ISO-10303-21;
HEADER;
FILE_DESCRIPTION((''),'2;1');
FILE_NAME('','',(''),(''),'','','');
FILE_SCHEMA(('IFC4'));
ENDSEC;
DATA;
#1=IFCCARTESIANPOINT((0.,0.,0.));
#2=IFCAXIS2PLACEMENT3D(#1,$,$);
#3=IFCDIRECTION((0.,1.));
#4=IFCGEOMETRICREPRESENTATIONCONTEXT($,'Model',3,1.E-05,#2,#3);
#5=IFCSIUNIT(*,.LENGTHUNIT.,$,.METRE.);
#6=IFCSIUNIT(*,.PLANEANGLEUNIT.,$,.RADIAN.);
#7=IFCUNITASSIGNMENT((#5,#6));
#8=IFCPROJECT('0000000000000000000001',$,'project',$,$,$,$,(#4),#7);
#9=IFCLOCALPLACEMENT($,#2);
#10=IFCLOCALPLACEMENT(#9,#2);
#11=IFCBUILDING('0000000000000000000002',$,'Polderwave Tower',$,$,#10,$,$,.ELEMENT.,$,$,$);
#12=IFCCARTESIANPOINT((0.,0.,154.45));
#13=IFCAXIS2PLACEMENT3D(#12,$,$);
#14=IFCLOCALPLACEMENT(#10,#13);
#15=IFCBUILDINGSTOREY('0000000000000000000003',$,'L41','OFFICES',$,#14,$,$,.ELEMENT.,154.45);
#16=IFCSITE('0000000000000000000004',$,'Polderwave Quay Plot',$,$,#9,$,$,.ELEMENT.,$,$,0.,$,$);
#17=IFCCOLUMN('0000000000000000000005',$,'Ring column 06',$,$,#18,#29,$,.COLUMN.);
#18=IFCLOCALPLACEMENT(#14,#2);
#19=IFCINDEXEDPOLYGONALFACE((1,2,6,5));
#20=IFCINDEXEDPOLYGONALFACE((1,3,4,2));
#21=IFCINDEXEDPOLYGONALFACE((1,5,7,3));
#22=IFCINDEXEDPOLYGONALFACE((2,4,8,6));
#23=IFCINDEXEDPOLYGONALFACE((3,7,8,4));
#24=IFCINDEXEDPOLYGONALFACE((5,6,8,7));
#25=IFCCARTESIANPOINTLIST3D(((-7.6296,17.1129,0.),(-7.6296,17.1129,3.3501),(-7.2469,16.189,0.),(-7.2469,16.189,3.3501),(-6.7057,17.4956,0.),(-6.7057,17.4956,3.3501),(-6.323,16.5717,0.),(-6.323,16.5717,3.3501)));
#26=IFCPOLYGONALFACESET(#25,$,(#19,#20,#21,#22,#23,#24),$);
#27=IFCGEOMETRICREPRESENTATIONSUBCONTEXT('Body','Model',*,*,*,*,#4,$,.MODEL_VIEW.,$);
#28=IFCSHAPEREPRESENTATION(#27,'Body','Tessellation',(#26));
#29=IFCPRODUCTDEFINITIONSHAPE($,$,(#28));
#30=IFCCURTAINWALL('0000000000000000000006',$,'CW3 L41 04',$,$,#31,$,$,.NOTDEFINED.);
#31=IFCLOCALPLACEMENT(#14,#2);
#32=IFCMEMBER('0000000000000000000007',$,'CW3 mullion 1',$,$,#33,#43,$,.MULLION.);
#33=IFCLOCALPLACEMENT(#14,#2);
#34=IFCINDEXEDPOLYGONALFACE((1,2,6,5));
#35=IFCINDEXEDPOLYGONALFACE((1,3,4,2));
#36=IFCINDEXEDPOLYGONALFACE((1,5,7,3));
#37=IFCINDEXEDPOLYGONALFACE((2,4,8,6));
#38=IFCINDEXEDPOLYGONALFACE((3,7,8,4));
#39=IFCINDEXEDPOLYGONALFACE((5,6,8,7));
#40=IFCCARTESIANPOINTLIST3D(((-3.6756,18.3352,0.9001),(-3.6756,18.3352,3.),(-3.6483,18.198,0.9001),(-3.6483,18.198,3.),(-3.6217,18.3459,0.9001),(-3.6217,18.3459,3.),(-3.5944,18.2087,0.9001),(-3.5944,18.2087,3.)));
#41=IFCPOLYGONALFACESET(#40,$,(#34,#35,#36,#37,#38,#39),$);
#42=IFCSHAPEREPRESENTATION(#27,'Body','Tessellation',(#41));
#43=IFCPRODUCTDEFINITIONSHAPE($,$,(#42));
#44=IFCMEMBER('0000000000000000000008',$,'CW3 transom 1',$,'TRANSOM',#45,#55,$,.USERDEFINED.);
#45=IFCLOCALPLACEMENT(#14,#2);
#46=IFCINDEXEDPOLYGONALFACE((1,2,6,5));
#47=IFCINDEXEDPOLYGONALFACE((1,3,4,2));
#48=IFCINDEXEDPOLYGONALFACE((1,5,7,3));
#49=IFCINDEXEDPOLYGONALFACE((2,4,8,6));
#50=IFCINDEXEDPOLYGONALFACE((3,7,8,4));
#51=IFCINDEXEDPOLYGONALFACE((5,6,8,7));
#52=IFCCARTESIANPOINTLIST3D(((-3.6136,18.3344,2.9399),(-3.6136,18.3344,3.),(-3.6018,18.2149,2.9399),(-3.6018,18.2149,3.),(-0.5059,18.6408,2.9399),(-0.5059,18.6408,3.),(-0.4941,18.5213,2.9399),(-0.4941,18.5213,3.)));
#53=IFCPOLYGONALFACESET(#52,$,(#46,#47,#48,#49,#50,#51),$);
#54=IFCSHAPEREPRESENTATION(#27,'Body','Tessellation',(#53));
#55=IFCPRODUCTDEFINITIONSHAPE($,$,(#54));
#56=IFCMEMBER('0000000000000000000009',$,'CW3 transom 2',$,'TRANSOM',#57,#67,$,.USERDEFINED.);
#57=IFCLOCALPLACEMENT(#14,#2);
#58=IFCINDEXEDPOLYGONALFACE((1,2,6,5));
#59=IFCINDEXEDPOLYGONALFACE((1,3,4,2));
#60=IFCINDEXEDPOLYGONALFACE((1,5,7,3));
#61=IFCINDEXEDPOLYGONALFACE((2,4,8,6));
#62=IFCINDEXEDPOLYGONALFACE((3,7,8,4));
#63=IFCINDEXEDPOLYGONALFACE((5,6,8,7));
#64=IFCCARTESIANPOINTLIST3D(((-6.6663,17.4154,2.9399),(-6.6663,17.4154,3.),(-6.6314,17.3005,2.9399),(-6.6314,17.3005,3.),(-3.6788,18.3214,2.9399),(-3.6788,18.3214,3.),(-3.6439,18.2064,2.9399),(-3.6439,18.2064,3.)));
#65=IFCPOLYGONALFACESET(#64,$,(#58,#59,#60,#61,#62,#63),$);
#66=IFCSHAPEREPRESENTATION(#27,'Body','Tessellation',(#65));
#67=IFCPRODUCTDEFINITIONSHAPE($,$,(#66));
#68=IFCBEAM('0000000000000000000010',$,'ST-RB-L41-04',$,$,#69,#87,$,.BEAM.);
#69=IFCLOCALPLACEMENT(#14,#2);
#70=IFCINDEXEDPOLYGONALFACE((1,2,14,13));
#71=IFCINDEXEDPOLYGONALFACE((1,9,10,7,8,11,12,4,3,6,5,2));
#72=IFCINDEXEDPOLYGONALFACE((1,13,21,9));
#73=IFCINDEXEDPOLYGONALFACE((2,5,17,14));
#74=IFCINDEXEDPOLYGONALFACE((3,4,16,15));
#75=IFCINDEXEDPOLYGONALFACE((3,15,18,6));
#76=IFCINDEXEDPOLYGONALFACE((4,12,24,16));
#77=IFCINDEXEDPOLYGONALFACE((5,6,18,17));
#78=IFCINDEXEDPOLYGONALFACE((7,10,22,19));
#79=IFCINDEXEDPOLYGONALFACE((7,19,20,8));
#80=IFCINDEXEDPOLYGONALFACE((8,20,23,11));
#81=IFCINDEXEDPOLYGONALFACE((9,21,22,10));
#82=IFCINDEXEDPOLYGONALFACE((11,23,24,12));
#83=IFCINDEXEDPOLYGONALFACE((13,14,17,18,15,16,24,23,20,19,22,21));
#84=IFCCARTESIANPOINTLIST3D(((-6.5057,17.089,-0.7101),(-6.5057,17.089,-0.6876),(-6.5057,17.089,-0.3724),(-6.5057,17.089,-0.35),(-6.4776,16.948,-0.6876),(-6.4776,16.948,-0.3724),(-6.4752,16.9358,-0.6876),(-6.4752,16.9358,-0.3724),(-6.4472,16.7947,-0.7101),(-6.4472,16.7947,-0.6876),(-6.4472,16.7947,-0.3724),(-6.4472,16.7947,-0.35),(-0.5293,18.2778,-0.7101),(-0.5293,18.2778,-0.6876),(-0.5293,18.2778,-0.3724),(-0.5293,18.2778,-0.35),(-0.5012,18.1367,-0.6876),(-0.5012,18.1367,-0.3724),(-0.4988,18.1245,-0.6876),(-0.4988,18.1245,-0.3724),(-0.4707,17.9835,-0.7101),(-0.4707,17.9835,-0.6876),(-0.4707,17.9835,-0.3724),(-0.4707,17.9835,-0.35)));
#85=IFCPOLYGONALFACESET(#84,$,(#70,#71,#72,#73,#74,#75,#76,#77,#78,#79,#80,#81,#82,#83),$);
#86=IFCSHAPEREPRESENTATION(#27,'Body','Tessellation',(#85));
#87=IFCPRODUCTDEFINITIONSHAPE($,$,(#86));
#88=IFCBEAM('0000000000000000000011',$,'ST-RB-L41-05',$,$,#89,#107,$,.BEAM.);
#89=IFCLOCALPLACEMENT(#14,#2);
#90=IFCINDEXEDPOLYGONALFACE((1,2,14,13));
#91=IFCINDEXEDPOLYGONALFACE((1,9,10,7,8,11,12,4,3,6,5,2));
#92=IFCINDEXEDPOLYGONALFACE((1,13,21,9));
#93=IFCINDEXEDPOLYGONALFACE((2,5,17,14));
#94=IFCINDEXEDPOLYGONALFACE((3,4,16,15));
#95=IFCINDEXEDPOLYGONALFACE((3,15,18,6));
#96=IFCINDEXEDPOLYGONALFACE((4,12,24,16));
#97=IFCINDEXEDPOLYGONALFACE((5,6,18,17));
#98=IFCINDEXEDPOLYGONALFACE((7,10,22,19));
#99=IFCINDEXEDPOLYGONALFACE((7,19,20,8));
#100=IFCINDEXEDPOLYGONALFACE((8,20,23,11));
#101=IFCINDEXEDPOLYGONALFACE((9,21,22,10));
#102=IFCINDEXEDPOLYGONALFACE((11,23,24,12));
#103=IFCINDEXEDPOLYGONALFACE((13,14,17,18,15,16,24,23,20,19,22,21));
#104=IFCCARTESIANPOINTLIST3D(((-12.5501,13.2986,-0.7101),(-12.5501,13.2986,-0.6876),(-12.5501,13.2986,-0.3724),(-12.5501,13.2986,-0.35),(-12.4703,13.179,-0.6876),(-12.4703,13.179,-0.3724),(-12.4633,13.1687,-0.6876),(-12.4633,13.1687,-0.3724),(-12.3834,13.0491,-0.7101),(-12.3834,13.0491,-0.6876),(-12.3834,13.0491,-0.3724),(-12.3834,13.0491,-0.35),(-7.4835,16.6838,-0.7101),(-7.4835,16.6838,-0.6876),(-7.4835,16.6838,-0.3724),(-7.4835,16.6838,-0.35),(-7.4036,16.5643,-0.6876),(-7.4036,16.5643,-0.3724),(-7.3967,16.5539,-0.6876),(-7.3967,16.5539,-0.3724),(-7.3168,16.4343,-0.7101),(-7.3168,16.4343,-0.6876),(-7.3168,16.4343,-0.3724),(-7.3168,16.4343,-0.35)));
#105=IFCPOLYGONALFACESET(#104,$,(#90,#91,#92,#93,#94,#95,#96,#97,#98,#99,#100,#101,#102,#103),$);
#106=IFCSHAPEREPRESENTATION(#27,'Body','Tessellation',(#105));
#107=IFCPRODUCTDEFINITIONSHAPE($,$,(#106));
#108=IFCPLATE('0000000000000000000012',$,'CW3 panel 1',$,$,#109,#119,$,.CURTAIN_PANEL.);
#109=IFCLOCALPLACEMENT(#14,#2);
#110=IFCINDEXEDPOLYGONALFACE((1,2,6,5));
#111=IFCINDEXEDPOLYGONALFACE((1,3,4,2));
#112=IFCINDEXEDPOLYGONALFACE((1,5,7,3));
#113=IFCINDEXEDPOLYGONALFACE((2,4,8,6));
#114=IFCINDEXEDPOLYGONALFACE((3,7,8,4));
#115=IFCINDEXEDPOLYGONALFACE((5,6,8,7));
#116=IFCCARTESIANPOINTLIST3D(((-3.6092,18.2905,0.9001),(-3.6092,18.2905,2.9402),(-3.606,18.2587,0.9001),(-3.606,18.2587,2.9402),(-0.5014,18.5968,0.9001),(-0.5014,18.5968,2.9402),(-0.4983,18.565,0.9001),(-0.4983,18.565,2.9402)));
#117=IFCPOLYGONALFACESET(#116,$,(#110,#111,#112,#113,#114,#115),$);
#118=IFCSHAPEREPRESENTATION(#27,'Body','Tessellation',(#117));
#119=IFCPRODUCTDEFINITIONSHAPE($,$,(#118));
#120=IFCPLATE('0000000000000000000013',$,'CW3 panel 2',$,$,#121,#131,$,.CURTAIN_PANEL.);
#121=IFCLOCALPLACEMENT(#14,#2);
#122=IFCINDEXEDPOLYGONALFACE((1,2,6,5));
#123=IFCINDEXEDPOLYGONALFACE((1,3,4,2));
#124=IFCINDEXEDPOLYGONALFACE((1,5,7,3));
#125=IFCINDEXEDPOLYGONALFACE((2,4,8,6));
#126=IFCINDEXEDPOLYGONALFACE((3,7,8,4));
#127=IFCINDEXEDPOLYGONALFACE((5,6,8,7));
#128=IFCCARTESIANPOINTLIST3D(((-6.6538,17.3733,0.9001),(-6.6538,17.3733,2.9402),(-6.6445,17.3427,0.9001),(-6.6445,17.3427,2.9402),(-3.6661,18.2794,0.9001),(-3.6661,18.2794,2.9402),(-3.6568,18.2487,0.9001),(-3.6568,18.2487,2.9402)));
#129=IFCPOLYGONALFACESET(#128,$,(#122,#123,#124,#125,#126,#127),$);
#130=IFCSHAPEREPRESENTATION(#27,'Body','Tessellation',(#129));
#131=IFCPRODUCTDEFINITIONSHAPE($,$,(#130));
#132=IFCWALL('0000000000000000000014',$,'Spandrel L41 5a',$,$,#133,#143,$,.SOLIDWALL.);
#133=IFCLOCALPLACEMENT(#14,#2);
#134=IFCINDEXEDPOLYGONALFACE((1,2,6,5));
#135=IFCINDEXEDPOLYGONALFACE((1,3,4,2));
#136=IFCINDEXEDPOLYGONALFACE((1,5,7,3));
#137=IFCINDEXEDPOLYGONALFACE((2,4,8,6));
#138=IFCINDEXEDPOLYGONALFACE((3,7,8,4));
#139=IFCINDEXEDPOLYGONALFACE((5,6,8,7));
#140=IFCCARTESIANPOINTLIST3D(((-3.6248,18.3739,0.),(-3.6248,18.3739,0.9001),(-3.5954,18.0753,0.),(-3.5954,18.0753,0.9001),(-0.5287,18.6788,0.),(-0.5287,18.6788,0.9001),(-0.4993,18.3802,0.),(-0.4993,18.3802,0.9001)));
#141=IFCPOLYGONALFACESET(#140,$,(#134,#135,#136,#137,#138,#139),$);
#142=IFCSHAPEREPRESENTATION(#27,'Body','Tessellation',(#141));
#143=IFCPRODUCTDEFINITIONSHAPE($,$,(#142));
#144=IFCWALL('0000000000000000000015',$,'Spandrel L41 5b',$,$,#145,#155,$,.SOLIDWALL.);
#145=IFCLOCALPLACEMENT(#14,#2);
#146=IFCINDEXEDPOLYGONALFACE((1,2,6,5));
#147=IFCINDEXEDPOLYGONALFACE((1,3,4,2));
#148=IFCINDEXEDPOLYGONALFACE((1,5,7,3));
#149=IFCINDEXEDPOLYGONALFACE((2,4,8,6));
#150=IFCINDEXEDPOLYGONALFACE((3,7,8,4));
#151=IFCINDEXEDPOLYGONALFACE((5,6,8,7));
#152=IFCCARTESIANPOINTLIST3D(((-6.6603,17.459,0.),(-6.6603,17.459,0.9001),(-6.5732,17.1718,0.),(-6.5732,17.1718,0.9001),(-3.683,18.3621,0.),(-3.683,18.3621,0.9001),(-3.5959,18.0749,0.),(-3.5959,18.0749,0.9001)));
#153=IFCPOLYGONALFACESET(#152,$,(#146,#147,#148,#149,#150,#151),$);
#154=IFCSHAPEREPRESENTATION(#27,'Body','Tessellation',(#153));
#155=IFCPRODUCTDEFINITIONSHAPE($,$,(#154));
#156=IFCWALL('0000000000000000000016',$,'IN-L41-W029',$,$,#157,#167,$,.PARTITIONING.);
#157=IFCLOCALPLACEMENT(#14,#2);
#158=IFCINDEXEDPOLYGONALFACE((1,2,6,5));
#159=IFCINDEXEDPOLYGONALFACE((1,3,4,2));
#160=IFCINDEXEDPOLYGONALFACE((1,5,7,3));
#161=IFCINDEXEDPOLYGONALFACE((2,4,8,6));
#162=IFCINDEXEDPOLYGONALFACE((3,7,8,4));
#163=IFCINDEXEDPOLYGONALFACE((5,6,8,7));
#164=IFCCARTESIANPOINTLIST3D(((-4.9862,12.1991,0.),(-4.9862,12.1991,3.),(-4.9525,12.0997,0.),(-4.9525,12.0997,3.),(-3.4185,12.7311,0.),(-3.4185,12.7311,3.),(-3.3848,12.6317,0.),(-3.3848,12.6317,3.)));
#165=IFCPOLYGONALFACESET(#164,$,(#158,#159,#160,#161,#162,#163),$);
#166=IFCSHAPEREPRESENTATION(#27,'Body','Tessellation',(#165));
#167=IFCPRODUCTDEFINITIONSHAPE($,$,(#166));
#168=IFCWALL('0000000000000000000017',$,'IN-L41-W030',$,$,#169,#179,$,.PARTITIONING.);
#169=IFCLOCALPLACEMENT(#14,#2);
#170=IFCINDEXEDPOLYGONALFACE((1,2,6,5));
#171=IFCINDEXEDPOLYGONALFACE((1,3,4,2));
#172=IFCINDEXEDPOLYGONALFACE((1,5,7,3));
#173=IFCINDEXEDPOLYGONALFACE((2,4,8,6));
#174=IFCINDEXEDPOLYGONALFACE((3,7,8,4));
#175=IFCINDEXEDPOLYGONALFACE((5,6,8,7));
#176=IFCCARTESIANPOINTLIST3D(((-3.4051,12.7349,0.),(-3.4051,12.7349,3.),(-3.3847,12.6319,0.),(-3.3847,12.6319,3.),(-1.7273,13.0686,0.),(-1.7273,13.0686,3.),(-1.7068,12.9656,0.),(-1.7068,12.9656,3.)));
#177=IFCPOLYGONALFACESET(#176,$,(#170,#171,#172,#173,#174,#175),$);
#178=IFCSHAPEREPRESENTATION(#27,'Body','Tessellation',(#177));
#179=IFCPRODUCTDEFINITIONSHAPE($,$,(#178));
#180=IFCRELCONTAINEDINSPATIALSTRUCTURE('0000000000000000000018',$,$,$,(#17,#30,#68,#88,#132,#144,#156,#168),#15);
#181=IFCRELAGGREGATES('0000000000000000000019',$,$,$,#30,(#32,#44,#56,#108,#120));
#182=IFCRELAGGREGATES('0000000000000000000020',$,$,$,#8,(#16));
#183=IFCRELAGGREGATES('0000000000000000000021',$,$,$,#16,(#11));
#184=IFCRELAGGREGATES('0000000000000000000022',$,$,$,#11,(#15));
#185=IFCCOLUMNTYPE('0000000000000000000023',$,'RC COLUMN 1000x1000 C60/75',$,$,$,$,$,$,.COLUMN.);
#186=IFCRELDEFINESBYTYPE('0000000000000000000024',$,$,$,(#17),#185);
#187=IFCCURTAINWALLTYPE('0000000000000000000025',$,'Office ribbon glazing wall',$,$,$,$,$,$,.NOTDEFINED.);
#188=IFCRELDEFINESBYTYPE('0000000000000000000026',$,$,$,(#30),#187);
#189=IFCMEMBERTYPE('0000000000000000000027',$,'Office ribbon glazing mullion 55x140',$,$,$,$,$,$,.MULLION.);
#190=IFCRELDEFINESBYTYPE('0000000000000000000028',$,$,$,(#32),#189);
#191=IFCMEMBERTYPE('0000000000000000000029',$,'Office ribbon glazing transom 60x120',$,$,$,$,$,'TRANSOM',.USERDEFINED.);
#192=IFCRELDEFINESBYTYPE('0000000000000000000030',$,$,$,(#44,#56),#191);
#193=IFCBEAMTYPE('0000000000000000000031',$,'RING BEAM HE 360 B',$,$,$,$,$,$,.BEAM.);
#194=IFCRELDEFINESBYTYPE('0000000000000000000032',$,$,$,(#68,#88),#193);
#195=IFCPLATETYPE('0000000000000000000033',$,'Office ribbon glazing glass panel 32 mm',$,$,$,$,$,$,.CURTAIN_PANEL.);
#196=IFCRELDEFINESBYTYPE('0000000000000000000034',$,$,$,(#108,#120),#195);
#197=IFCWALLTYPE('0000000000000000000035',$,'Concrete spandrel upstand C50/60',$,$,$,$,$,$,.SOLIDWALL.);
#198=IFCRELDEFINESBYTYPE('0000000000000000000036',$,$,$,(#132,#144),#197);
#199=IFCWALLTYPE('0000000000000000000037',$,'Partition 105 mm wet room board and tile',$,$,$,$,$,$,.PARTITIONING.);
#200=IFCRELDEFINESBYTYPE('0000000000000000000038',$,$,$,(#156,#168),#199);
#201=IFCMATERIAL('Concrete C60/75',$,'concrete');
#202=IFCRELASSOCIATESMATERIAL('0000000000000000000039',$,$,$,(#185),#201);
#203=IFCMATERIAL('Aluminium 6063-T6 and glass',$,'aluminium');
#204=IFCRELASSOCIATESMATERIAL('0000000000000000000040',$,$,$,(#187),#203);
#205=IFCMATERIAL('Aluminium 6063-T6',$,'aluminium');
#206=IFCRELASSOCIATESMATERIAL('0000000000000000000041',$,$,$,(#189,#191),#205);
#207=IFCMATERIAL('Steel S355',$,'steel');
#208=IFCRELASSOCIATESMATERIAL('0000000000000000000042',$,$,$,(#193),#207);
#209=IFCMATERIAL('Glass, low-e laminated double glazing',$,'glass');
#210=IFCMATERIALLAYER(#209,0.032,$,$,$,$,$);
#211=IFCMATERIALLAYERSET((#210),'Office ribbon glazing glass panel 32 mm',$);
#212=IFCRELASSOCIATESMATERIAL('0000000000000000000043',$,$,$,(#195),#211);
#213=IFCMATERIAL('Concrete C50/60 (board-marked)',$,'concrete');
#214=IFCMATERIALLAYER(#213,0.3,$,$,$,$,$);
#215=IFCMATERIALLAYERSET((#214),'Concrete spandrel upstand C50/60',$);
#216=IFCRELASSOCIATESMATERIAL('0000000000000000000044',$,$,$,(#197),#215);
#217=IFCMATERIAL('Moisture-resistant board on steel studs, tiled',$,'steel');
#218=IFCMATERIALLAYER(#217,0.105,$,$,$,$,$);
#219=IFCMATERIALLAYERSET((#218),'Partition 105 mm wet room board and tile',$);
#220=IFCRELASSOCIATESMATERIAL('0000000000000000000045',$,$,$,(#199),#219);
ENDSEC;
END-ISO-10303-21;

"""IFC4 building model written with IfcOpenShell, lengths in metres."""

from ifc_helpers import new_model, si_unit, direction, frame, frame_2d, origin, origin_2d, place, context, subcontext, project, spatial, rectangle, i_section, extrude, material, layer, layer_set, material_profile, profile_set, type_object, element, aggregate, save


model = new_model("IFC4")

# Units and contexts
model_context = context("Model", 3, precision=1e-05, world=origin(), true_north=direction((0.0, 1.0)))
body_context = subcontext(model_context, "Body", "Model", "MODEL_VIEW")
ifc_project = project(units=[si_unit("LENGTHUNIT", "METRE"), si_unit("PLANEANGLEUNIT", "RADIAN")], contexts=[model_context])

# Site, building, storey
site_placement = place(None, origin())
site = spatial("IfcSite", under=ifc_project, at=site_placement, Name="Polderwave Quay Plot", CompositionType="ELEMENT", RefElevation=0.0)
building_placement = place(site_placement, origin())
building = spatial("IfcBuilding", under=site, at=building_placement, Name="Polderwave Tower", CompositionType="ELEMENT")
storey_placement = place(building_placement, frame((0.0, 0.0, 154.45)))
storey = spatial("IfcBuildingStorey", under=building, at=storey_placement, Name="L41", Description="OFFICES", CompositionType="ELEMENT", Elevation=154.45)

# Column
ifc_material_1 = material(Name="Concrete C60/75", Category="concrete")
ifc_material_profile_1 = material_profile(ifc_material_1, rectangle(XDim=1.0, YDim=1.0, at=origin_2d()), Name="RC 1000x1000")
ifc_profile_set_1 = profile_set([ifc_material_profile_1], Name="Concrete C60/75")
column_type = type_object("IfcColumnType", Name="RC COLUMN 1000x1000 C60/75", PredefinedType="COLUMN", material=ifc_profile_set_1)
column_placement = place(storey_placement, frame((-6.9763, 16.8423, 0.0), z_axis=(0.0, 0.0, 1.0), x_axis=(-0.382683, 0.92388, 0.0)))
element("IfcColumn", 1, at=column_placement, inside=storey, type_object=column_type, Name="Ring column 06", PredefinedType="COLUMN", context=body_context, shape_type="SweptSolid", body=[
    extrude(rectangle(XDim=1.0, YDim=1.0, at=origin_2d()), origin(), (0.0, 0.0, 1.0), 3.3501),
])

# Curtain wall, members
ifc_material_2 = material(Name="Aluminium 6063-T6 and glass", Category="aluminium")
curtain_wall_type = type_object("IfcCurtainWallType", Name="Office ribbon glazing wall", PredefinedType="NOTDEFINED", material=ifc_material_2)
curtain_wall_placement = place(storey_placement, origin())
curtain_wall = element("IfcCurtainWall", 2, at=curtain_wall_placement, inside=storey, type_object=curtain_wall_type, Name="CW3 L41 04", PredefinedType="NOTDEFINED")
ifc_material_3 = material(Name="Aluminium 6063-T6", Category="aluminium")
ifc_material_profile_2 = material_profile(ifc_material_3, rectangle(XDim=0.1399, YDim=0.0549, at=origin_2d()), Name="AL 55x140")
ifc_profile_set_2 = profile_set([ifc_material_profile_2], Name="Aluminium 6063-T6")
member_type_1 = type_object("IfcMemberType", Name="Office ribbon glazing mullion 55x140", PredefinedType="MULLION", material=ifc_profile_set_2)
member_1_placement = place(storey_placement, frame((-3.635, 18.272, 0.9001), z_axis=(0.0, 0.0, 1.0), x_axis=(0.195083, -0.980787, 0.0)))
member_1 = element("IfcMember", 3, at=member_1_placement, type_object=member_type_1, Name="CW3 mullion 1", PredefinedType="MULLION", context=body_context, shape_type="SweptSolid", body=[
    extrude(rectangle(XDim=0.1399, YDim=0.0549, at=origin_2d()), origin(), (0.0, 0.0, 1.0), 2.0999),
])
ifc_material_profile_3 = material_profile(ifc_material_3, rectangle(XDim=0.1201, YDim=0.0601, at=origin_2d()), Name="AL 60x120")
ifc_profile_set_3 = profile_set([ifc_material_profile_3], Name="Aluminium 6063-T6")
member_type_2 = type_object("IfcMemberType", Name="Office ribbon glazing transom 60x120", ElementType="TRANSOM", PredefinedType="USERDEFINED", material=ifc_profile_set_3)
member_2_placement = place(storey_placement, frame((-0.5, 18.5811, 2.97), z_axis=(-0.995175, -0.098118, 0.0), x_axis=(0.098118, -0.995175, 0.0)))
member_2 = element("IfcMember", 4, at=member_2_placement, type_object=member_type_2, Name="CW3 transom 1", ObjectType="TRANSOM", PredefinedType="USERDEFINED", context=body_context, shape_type="SweptSolid", body=[
    extrude(rectangle(XDim=0.1201, YDim=0.0601, at=origin_2d()), origin(), (0.0, 0.0, 1.0), 3.1228),
])
member_3_placement = place(storey_placement, frame((-3.6614, 18.2639, 2.97), z_axis=(-0.956963, -0.290209, 0.0), x_axis=(0.290209, -0.956963, 0.0)))
member_3 = element("IfcMember", 5, at=member_3_placement, type_object=member_type_2, Name="CW3 transom 2", ObjectType="TRANSOM", PredefinedType="USERDEFINED", context=body_context, shape_type="SweptSolid", body=[
    extrude(rectangle(XDim=0.1201, YDim=0.0601, at=origin_2d()), origin(), (0.0, 0.0, 1.0), 3.1218),
])

# Beams
ifc_material_4 = material(Name="Steel S355", Category="steel")
ifc_material_profile_4 = material_profile(ifc_material_4, i_section(OverallWidth=0.3, OverallDepth=0.3601, WebThickness=0.0125, FlangeThickness=0.0225, at=origin_2d()), Name="HE 360 B")
ifc_profile_set_4 = profile_set([ifc_material_profile_4], Name="Steel S355")
beam_type = type_object("IfcBeamType", Name="RING BEAM HE 360 B", PredefinedType="BEAM", material=ifc_profile_set_4)
for number, where, z_axis, x_axis, name in (
    (6, (-0.5, 18.1306, -0.53), (-0.980787, -0.195084, 0.0), (0.195084, -0.980787, 0.0), "ST-RB-L41-04"),
    (7, (-7.4001, 16.5591, -0.53), (-0.831483, -0.555551, 0.0), (0.555551, -0.831483, 0.0), "ST-RB-L41-05"),
):
    element("IfcBeam", number, at=place(storey_placement, frame(where, z_axis=z_axis, x_axis=x_axis)), inside=storey, type_object=beam_type, Name=name, PredefinedType="BEAM", context=body_context, shape_type="SweptSolid", body=[
        extrude(i_section(OverallWidth=0.3, OverallDepth=0.3601, WebThickness=0.0125, FlangeThickness=0.0225, at=origin_2d()), origin(), (0.0, 0.0, 1.0), 6.0935),
    ])

# Plates
ifc_material_5 = material(Name="Glass, low-e laminated double glazing", Category="glass")
ifc_layer_1 = layer(ifc_material_5, 0.032)
ifc_layer_set_1 = layer_set([ifc_layer_1], Name="Office ribbon glazing glass panel 32 mm")
plate_type = type_object("IfcPlateType", Name="Office ribbon glazing glass panel 32 mm", PredefinedType="CURTAIN_PANEL", material=ifc_layer_set_1)
plate_1_placement = place(storey_placement, frame((-2.0537, 18.4277, 0.9001), z_axis=(0.0, 0.0, 1.0), x_axis=(-0.995178, -0.09809, 0.0)))
plate_1 = element("IfcPlate", 8, at=plate_1_placement, type_object=plate_type, Name="CW3 panel 1", PredefinedType="CURTAIN_PANEL", context=body_context, shape_type="SweptSolid", body=[
    extrude(rectangle(XDim=3.1228, YDim=0.032, at=origin_2d()), origin(), (0.0, 0.0, 1.0), 2.04),
])
plate_2_placement = place(storey_placement, frame((-5.1553, 17.811, 0.9001), z_axis=(0.0, 0.0, 1.0), x_axis=(-0.956966, -0.290201, 0.0)))
plate_2 = element("IfcPlate", 9, at=plate_2_placement, type_object=plate_type, Name="CW3 panel 2", PredefinedType="CURTAIN_PANEL", context=body_context, shape_type="SweptSolid", body=[
    extrude(rectangle(XDim=3.1221, YDim=0.032, at=origin_2d()), origin(), (0.0, 0.0, 1.0), 2.04),
])
aggregate(curtain_wall, [member_1, member_2, member_3, plate_1, plate_2])

# Walls
ifc_material_6 = material(Name="Concrete C50/60 (board-marked)", Category="concrete")
ifc_layer_2 = layer(ifc_material_6, 0.3)
ifc_layer_set_2 = layer_set([ifc_layer_2], Name="Concrete spandrel upstand C50/60")
wall_type_1 = type_object("IfcWallType", Name="Concrete spandrel upstand C50/60", PredefinedType="SOLIDWALL", material=ifc_layer_set_2)
wall_1_placement = place(storey_placement, frame((-0.5139, 18.5295, 0.0), z_axis=(0.0, 0.0, 1.0), x_axis=(-0.995185, -0.098012, 0.0)))
element("IfcWall", 10, at=wall_1_placement, inside=storey, type_object=wall_type_1, Name="Spandrel L41 5a", PredefinedType="SOLIDWALL", context=body_context, shape_type="SweptSolid", body=[
    extrude(rectangle(XDim=3.1111, YDim=0.3, at=frame_2d((1.5557, 0.0))), origin(), (0.0, 0.0, 1.0), 0.9001),
])
wall_2_placement = place(storey_placement, frame((-3.6394, 18.2185, 0.0), z_axis=(0.0, 0.0, 1.0), x_axis=(-0.956947, -0.290262, 0.0)))
element("IfcWall", 11, at=wall_2_placement, inside=storey, type_object=wall_type_1, Name="Spandrel L41 5b", PredefinedType="SOLIDWALL", context=body_context, shape_type="SweptSolid", body=[
    extrude(rectangle(XDim=3.1113, YDim=0.3, at=frame_2d((1.5557, 0.0))), origin(), (0.0, 0.0, 1.0), 0.9001),
])
ifc_material_7 = material(Name="Moisture-resistant board on steel studs, tiled", Category="steel")
ifc_layer_3 = layer(ifc_material_7, 0.105)
ifc_layer_set_3 = layer_set([ifc_layer_3], Name="Partition 105 mm wet room board and tile")
wall_type_2 = type_object("IfcWallType", Name="Partition 105 mm wet room board and tile", PredefinedType="PARTITIONING", material=ifc_layer_set_3)
wall_3_placement = place(storey_placement, frame((-4.9692, 12.1494, 0.0), z_axis=(0.0, 0.0, 1.0), x_axis=(0.946959, 0.321355, 0.0)))
element("IfcWall", 12, at=wall_3_placement, inside=storey, type_object=wall_type_2, Name="IN-L41-W029", PredefinedType="PARTITIONING", context=body_context, shape_type="SweptSolid", body=[
    extrude(rectangle(XDim=1.6555, YDim=0.105, at=frame_2d((0.8276, 0.0))), origin(), (0.0, 0.0, 1.0), 3.0),
])
wall_4_placement = place(storey_placement, frame((-3.395, 12.6833, 0.0), z_axis=(0.0, 0.0, 1.0), x_axis=(0.980783, 0.195101, 0.0)))
element("IfcWall", 13, at=wall_4_placement, inside=storey, type_object=wall_type_2, Name="IN-L41-W030", PredefinedType="PARTITIONING", context=body_context, shape_type="SweptSolid", body=[
    extrude(rectangle(XDim=1.7107, YDim=0.105, at=frame_2d((0.8555, 0.0))), origin(), (0.0, 0.0, 1.0), 3.0),
])

save(model, "model.ifc")
